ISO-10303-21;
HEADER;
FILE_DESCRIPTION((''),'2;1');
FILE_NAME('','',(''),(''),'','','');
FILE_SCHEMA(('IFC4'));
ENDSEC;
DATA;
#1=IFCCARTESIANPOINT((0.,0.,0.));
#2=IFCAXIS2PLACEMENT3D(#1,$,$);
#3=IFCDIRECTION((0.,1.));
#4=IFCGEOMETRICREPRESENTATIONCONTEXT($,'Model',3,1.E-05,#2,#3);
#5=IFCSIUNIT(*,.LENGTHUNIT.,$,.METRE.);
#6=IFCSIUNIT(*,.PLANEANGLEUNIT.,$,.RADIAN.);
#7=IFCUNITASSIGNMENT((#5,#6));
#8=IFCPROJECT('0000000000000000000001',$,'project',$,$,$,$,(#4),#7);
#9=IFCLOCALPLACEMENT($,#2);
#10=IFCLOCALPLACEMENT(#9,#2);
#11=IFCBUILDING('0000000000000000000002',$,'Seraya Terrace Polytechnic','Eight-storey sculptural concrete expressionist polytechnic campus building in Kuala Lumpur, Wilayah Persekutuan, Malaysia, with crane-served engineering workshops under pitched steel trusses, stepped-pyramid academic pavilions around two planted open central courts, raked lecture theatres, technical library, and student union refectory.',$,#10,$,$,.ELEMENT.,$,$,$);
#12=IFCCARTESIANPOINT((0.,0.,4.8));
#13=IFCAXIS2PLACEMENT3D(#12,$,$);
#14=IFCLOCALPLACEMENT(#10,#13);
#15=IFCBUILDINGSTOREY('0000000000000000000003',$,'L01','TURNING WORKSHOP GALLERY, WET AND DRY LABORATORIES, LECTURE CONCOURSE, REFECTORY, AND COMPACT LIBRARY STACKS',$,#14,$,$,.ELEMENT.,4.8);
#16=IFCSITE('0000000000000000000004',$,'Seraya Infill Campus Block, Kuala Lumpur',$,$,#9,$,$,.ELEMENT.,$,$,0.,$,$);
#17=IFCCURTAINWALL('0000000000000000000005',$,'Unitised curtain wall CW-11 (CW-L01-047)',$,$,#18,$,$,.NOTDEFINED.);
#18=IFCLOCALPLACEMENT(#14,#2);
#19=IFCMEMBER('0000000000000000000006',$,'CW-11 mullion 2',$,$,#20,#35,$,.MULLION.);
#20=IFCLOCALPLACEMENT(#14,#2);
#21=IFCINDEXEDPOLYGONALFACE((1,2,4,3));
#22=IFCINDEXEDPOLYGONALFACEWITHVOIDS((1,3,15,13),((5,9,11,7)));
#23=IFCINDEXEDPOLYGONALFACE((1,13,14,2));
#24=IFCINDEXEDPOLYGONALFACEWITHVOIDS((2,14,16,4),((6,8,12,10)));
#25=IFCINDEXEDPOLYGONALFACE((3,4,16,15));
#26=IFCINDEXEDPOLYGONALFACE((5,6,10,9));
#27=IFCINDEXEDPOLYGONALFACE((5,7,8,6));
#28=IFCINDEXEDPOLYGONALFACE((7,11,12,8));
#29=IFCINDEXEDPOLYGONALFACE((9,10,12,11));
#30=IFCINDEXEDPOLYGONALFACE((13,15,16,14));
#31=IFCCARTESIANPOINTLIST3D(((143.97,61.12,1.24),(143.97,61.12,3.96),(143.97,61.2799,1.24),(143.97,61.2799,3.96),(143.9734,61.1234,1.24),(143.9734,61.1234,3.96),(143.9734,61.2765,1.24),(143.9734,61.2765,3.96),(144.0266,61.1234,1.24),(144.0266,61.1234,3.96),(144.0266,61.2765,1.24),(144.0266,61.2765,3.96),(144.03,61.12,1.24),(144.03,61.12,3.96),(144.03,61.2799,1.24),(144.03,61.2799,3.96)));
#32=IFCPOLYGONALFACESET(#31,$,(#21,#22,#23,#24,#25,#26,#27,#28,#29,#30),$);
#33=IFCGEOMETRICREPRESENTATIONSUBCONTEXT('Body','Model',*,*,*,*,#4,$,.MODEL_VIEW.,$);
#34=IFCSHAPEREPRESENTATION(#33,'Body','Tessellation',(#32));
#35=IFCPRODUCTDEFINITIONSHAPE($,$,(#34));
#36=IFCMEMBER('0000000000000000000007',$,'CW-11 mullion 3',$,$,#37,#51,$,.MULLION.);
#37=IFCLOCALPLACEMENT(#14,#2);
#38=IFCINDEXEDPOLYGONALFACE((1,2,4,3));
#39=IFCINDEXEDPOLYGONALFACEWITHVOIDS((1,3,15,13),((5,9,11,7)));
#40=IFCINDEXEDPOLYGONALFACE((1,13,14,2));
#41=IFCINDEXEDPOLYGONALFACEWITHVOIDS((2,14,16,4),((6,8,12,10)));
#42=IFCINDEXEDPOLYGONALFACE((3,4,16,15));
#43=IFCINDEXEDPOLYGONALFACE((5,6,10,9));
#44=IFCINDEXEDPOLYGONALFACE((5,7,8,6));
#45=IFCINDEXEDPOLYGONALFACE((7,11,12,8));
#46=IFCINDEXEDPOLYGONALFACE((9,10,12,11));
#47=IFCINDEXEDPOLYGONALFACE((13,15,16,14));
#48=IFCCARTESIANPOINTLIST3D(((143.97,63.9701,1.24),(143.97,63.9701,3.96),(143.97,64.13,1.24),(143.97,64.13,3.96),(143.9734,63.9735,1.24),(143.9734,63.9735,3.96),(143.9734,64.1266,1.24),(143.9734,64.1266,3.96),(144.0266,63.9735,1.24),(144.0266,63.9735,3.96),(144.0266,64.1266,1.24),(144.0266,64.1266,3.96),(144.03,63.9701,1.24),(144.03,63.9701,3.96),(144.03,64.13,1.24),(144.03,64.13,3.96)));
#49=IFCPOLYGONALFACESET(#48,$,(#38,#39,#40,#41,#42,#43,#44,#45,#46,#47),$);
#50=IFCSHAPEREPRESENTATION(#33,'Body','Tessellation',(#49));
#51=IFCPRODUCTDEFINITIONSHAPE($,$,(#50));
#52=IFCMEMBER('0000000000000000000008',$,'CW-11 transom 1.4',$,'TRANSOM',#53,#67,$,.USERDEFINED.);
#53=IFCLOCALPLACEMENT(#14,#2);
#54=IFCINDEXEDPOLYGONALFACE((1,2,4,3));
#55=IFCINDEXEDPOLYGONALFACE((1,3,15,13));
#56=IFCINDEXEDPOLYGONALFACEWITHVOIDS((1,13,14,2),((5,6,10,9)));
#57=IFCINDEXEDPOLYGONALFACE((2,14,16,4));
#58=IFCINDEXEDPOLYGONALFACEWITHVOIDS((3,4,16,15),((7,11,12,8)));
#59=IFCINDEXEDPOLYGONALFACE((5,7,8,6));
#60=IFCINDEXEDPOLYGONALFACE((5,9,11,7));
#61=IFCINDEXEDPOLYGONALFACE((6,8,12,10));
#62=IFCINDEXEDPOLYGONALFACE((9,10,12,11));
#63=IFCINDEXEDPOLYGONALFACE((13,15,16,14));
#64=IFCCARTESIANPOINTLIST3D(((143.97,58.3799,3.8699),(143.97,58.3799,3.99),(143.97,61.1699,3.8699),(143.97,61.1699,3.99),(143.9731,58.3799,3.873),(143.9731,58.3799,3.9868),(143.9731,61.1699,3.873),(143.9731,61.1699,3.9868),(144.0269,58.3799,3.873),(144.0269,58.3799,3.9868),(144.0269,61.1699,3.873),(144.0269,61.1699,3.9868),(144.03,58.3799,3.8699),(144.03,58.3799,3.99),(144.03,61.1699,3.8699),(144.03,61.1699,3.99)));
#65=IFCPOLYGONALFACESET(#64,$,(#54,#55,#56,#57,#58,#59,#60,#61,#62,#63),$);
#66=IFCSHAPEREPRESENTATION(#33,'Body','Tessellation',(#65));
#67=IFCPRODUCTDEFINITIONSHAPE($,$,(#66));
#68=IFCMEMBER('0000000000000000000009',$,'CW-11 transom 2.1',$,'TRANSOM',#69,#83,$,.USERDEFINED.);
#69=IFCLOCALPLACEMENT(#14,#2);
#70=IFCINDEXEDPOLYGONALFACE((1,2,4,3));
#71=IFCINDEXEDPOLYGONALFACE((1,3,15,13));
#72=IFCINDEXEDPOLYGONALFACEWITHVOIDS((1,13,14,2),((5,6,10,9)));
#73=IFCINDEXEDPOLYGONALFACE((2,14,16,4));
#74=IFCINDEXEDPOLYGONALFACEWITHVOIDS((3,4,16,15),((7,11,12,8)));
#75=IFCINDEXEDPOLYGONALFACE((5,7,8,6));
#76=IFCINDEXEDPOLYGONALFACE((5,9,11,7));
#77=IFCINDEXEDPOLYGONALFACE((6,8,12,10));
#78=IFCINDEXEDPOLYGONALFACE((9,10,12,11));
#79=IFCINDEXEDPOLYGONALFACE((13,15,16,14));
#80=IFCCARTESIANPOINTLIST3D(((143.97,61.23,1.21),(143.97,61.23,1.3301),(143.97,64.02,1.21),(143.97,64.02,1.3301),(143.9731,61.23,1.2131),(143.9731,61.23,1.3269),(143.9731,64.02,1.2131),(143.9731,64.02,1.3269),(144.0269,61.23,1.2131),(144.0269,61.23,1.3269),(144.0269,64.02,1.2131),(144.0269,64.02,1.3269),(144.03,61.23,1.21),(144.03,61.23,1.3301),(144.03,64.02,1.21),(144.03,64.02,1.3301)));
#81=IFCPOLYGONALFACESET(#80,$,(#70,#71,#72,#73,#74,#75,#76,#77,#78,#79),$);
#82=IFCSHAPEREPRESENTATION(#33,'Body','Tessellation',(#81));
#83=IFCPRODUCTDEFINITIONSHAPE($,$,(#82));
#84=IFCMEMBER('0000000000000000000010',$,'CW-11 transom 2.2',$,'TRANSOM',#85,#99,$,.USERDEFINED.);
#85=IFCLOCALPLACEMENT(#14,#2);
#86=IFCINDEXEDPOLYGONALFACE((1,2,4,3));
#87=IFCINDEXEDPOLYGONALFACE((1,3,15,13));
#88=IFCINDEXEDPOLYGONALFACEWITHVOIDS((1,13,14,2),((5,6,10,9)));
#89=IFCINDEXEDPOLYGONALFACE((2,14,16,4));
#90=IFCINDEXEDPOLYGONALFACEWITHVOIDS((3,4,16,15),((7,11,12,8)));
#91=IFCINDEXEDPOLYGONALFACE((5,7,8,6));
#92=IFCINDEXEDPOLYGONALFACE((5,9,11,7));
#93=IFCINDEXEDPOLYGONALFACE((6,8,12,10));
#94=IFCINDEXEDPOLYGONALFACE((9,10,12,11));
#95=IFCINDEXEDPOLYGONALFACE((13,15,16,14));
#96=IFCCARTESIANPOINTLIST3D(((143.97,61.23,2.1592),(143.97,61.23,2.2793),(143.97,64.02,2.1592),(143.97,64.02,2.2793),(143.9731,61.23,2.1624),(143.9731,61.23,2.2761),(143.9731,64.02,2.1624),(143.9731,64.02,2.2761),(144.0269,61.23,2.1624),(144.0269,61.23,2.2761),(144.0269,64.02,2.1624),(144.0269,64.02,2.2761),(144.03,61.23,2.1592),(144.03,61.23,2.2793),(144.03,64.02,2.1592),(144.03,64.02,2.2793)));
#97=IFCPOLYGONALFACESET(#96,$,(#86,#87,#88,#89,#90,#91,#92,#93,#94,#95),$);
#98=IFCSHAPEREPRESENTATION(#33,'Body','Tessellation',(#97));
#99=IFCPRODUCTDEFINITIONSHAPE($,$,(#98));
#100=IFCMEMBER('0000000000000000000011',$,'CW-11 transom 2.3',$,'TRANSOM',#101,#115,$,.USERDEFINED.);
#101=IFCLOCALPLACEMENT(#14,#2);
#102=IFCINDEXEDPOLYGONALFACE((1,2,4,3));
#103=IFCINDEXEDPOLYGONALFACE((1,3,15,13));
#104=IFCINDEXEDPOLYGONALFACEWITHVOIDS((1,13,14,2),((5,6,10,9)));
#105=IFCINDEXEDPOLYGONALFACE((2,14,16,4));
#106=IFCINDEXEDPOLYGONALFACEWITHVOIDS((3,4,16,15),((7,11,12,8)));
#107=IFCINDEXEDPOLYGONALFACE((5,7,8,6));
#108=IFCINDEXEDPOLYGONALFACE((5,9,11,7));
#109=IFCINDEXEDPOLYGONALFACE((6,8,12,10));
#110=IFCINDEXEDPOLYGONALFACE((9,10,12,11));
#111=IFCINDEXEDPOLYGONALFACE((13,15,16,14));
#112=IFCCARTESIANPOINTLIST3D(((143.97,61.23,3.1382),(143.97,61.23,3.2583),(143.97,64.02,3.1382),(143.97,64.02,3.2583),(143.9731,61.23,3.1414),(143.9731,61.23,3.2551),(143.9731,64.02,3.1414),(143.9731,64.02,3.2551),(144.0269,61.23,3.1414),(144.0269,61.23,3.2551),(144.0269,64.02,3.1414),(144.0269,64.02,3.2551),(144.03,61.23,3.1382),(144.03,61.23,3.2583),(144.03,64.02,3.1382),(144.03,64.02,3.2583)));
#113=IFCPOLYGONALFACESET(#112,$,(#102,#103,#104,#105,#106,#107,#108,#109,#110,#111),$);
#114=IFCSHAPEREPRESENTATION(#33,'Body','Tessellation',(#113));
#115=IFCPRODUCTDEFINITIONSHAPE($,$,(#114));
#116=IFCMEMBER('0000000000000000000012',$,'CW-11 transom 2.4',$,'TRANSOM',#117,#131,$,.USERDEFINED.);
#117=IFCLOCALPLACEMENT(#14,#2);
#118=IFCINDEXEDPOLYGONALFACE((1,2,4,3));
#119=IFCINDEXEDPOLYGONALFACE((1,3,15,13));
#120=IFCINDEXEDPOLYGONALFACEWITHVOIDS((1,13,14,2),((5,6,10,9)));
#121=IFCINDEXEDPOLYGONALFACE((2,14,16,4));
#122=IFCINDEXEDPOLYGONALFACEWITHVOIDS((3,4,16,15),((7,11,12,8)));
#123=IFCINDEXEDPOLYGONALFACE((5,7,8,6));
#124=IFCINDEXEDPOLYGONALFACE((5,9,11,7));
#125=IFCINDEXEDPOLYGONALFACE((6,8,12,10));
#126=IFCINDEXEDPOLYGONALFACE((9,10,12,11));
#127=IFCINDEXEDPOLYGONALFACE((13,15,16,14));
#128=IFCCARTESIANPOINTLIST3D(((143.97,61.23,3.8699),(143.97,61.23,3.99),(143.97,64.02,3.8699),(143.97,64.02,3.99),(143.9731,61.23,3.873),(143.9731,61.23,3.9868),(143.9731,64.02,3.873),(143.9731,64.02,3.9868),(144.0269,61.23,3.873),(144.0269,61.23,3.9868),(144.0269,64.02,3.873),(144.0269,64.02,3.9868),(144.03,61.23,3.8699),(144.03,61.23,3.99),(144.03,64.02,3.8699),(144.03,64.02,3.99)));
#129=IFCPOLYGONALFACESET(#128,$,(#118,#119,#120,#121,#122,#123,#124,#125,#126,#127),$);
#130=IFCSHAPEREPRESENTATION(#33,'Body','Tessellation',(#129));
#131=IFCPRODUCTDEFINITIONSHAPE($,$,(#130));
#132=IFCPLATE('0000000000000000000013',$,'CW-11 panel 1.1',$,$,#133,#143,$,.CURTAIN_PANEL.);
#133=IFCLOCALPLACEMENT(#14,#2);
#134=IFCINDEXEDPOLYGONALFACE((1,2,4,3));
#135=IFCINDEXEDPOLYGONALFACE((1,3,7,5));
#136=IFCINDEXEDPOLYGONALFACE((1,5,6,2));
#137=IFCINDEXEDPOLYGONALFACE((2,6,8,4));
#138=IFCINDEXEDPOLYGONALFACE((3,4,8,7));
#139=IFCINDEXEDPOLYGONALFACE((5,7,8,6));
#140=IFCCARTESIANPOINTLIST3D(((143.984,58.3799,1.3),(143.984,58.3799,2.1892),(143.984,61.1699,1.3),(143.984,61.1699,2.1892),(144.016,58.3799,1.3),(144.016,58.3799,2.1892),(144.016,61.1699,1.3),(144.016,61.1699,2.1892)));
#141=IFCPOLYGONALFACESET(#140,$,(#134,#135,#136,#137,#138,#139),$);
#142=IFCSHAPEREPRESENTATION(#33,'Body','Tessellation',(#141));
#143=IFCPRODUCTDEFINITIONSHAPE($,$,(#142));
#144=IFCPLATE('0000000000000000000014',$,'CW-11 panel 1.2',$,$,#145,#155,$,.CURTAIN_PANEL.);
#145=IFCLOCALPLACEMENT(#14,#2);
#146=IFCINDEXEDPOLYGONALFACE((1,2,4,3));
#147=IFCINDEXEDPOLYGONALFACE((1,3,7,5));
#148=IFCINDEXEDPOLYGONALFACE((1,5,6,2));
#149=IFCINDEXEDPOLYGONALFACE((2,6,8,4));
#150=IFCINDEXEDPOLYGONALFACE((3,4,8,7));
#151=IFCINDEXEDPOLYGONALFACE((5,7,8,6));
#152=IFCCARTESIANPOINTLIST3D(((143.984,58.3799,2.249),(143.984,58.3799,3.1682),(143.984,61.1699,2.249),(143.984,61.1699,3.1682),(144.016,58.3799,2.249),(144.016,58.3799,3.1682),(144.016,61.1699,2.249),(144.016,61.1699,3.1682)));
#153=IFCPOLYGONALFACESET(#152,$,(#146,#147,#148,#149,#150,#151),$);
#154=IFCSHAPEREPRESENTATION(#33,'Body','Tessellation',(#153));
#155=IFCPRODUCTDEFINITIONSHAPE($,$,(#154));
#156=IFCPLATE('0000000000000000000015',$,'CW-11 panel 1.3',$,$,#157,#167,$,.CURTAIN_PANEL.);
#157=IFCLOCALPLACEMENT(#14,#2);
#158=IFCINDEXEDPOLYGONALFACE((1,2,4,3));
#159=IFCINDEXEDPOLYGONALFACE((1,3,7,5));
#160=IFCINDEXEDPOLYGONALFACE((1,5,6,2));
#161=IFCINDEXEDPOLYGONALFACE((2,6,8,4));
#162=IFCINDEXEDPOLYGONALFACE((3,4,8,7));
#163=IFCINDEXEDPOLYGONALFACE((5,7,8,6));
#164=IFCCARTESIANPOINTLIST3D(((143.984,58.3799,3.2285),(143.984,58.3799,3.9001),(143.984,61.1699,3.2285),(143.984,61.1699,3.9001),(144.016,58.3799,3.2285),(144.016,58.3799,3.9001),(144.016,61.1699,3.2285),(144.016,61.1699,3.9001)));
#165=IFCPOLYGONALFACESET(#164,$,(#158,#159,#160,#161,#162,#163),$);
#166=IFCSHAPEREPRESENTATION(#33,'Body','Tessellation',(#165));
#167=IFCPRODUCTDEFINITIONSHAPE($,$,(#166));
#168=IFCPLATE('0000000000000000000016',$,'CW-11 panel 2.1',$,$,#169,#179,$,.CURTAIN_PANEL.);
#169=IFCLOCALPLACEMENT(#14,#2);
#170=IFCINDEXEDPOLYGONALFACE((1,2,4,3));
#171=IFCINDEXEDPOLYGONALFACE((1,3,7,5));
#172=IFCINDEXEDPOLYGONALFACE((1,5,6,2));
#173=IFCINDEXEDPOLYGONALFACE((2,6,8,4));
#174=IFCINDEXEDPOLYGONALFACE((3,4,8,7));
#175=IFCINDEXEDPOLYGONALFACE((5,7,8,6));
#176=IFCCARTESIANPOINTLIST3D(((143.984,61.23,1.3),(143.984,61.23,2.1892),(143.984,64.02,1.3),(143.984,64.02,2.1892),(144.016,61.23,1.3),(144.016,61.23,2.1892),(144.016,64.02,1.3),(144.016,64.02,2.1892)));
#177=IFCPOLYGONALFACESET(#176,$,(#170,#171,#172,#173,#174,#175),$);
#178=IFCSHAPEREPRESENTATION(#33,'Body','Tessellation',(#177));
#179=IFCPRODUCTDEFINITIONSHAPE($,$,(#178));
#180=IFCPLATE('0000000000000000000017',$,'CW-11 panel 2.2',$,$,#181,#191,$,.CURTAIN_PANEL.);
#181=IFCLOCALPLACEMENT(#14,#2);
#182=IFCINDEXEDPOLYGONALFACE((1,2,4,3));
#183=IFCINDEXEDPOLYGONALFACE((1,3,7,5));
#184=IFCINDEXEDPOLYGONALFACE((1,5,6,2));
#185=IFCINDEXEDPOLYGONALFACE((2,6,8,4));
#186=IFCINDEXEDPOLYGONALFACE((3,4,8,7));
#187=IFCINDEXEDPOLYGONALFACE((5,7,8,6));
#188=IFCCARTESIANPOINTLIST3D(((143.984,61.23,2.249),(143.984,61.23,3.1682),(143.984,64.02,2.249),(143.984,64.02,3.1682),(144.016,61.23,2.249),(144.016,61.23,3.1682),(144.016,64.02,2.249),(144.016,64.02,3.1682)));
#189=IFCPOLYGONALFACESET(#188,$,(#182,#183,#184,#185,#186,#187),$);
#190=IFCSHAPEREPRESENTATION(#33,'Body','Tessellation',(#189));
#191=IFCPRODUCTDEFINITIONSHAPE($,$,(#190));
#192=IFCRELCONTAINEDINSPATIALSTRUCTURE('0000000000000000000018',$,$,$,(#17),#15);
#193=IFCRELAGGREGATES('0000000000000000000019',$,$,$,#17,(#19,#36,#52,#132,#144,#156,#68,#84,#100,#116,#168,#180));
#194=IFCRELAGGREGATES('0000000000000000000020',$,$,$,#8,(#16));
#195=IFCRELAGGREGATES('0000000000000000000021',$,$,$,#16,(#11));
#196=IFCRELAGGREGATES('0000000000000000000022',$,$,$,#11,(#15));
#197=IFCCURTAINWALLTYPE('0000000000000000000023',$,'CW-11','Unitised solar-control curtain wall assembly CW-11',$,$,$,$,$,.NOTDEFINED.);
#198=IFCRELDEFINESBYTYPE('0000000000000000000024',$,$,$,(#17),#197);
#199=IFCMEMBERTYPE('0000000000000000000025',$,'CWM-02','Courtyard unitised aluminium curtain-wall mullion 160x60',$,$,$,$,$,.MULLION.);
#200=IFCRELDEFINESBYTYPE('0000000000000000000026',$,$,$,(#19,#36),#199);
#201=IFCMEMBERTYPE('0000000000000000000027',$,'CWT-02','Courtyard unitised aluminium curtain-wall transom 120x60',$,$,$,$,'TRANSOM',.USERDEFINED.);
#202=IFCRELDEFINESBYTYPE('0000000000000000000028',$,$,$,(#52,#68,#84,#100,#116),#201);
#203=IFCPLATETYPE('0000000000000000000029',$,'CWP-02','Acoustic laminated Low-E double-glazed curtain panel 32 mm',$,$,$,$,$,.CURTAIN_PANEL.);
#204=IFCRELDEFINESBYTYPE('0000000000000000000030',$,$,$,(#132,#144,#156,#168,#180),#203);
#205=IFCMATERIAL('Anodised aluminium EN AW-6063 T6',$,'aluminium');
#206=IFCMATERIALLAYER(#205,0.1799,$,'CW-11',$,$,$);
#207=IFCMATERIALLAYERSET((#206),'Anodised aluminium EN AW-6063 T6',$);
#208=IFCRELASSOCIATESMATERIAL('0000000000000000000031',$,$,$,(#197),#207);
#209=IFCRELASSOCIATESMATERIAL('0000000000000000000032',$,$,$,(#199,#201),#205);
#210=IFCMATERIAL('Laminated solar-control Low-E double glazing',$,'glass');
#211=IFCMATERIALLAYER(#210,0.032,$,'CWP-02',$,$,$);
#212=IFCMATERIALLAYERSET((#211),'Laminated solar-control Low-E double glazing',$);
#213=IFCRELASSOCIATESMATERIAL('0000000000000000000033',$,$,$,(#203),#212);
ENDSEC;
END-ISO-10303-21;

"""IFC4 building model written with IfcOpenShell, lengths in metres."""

from ifc_helpers import new_model, si_unit, direction, frame, origin, origin_2d, place, context, subcontext, project, spatial, rectangle, hollow_rectangle, extrude, material, layer, layer_set, material_profile, profile_set, type_object, element, aggregate, save


model = new_model("IFC4")

# Units and contexts
model_context = context("Model", 3, precision=1e-05, world=origin(), true_north=direction((0.0, 1.0)))
body_context = subcontext(model_context, "Body", "Model", "MODEL_VIEW")
ifc_project = project(units=[si_unit("LENGTHUNIT", "METRE"), si_unit("PLANEANGLEUNIT", "RADIAN")], contexts=[model_context])

# Site, building, storey
site_placement = place(None, origin())
site = spatial("IfcSite", under=ifc_project, at=site_placement, Name="Seraya Infill Campus Block, Kuala Lumpur", CompositionType="ELEMENT", RefElevation=0.0)
building_placement = place(site_placement, origin())
building = spatial("IfcBuilding", under=site, at=building_placement, Name="Seraya Terrace Polytechnic", Description="Eight-storey sculptural concrete expressionist polytechnic campus building in Kuala Lumpur, Wilayah Persekutuan, Malaysia, with crane-served engineering workshops under pitched steel trusses, stepped-pyramid academic pavilions around two planted open central courts, raked lecture theatres, technical library, and student union refectory.", CompositionType="ELEMENT")
storey_placement = place(building_placement, frame((0.0, 0.0, 4.8)))
storey = spatial("IfcBuildingStorey", under=building, at=storey_placement, Name="L01", Description="TURNING WORKSHOP GALLERY, WET AND DRY LABORATORIES, LECTURE CONCOURSE, REFECTORY, AND COMPACT LIBRARY STACKS", CompositionType="ELEMENT", Elevation=4.8)

# Curtain wall, members, plates
ifc_material_1 = material(Name="Anodised aluminium EN AW-6063 T6", Category="aluminium")
ifc_layer_1 = layer(ifc_material_1, 0.1799, Name="CW-11")
ifc_layer_set_1 = layer_set([ifc_layer_1], Name="Anodised aluminium EN AW-6063 T6")
curtain_wall_type = type_object("IfcCurtainWallType", Name="CW-11", Description="Unitised solar-control curtain wall assembly CW-11", PredefinedType="NOTDEFINED", material=ifc_layer_set_1)
curtain_wall_placement = place(storey_placement, origin())
curtain_wall = element("IfcCurtainWall", 1, at=curtain_wall_placement, inside=storey, type_object=curtain_wall_type, Name="Unitised curtain wall CW-11 (CW-L01-047)", PredefinedType="NOTDEFINED")
ifc_material_profile_1 = material_profile(ifc_material_1, hollow_rectangle(XDim=0.0601, YDim=0.1599, WallThickness=0.0034, at=origin_2d()), Name="RHS 160x60x3.5")
ifc_profile_set_1 = profile_set([ifc_material_profile_1], Name="Anodised aluminium EN AW-6063 T6")
member_type_1 = type_object("IfcMemberType", Name="CWM-02", Description="Courtyard unitised aluminium curtain-wall mullion 160x60", PredefinedType="MULLION", material=ifc_profile_set_1)
member_1_placement = place(storey_placement, frame((144.0, 61.2, 1.24), z_axis=(0.0, 0.0, 1.0), x_axis=(-1.0, 0.0, 0.0)))
member_1 = element("IfcMember", 2, at=member_1_placement, type_object=member_type_1, Name="CW-11 mullion 2", PredefinedType="MULLION", context=body_context, shape_type="SweptSolid", body=[
    extrude(hollow_rectangle(XDim=0.0601, YDim=0.1599, WallThickness=0.0034, at=origin_2d()), origin(), (0.0, 0.0, 1.0), 2.72),
])
member_2_placement = place(storey_placement, frame((144.0, 64.05, 1.24), z_axis=(0.0, 0.0, 1.0), x_axis=(-1.0, 0.0, 0.0)))
member_2 = element("IfcMember", 3, at=member_2_placement, type_object=member_type_1, Name="CW-11 mullion 3", PredefinedType="MULLION", context=body_context, shape_type="SweptSolid", body=[
    extrude(hollow_rectangle(XDim=0.0601, YDim=0.1599, WallThickness=0.0034, at=origin_2d()), origin(), (0.0, 0.0, 1.0), 2.72),
])
ifc_material_profile_2 = material_profile(ifc_material_1, hollow_rectangle(XDim=0.0601, YDim=0.1201, WallThickness=0.0032, at=origin_2d()), Name="RHS 120x60x3.2")
ifc_profile_set_2 = profile_set([ifc_material_profile_2], Name="Anodised aluminium EN AW-6063 T6")
member_type_2 = type_object("IfcMemberType", Name="CWT-02", Description="Courtyard unitised aluminium curtain-wall transom 120x60", ElementType="TRANSOM", PredefinedType="USERDEFINED", material=ifc_profile_set_2)
member_3_placement = place(storey_placement, frame((144.0, 58.3799, 3.9299), z_axis=(0.0, 1.0, 0.0), x_axis=(-1.0, 0.0, 0.0)))
member_3 = element("IfcMember", 4, at=member_3_placement, type_object=member_type_2, Name="CW-11 transom 1.4", ObjectType="TRANSOM", PredefinedType="USERDEFINED", context=body_context, shape_type="SweptSolid", body=[
    extrude(hollow_rectangle(XDim=0.0601, YDim=0.1201, WallThickness=0.0032, at=origin_2d()), origin(), (0.0, 0.0, 1.0), 2.79),
])
member_4_placement = place(storey_placement, frame((144.0, 61.23, 1.27), z_axis=(0.0, 1.0, 0.0), x_axis=(-1.0, 0.0, 0.0)))
member_4 = element("IfcMember", 5, at=member_4_placement, type_object=member_type_2, Name="CW-11 transom 2.1", ObjectType="TRANSOM", PredefinedType="USERDEFINED", context=body_context, shape_type="SweptSolid", body=[
    extrude(hollow_rectangle(XDim=0.0601, YDim=0.1201, WallThickness=0.0032, at=origin_2d()), origin(), (0.0, 0.0, 1.0), 2.79),
])
member_5_placement = place(storey_placement, frame((144.0, 61.23, 2.2192), z_axis=(0.0, 1.0, 0.0), x_axis=(-1.0, 0.0, 0.0)))
member_5 = element("IfcMember", 6, at=member_5_placement, type_object=member_type_2, Name="CW-11 transom 2.2", ObjectType="TRANSOM", PredefinedType="USERDEFINED", context=body_context, shape_type="SweptSolid", body=[
    extrude(hollow_rectangle(XDim=0.0601, YDim=0.1201, WallThickness=0.0032, at=origin_2d()), origin(), (0.0, 0.0, 1.0), 2.79),
])
member_6_placement = place(storey_placement, frame((144.0, 61.23, 3.1982), z_axis=(0.0, 1.0, 0.0), x_axis=(-1.0, 0.0, 0.0)))
member_6 = element("IfcMember", 7, at=member_6_placement, type_object=member_type_2, Name="CW-11 transom 2.3", ObjectType="TRANSOM", PredefinedType="USERDEFINED", context=body_context, shape_type="SweptSolid", body=[
    extrude(hollow_rectangle(XDim=0.0601, YDim=0.1201, WallThickness=0.0032, at=origin_2d()), origin(), (0.0, 0.0, 1.0), 2.79),
])
member_7_placement = place(storey_placement, frame((144.0, 61.23, 3.9299), z_axis=(0.0, 1.0, 0.0), x_axis=(-1.0, 0.0, 0.0)))
member_7 = element("IfcMember", 8, at=member_7_placement, type_object=member_type_2, Name="CW-11 transom 2.4", ObjectType="TRANSOM", PredefinedType="USERDEFINED", context=body_context, shape_type="SweptSolid", body=[
    extrude(hollow_rectangle(XDim=0.0601, YDim=0.1201, WallThickness=0.0032, at=origin_2d()), origin(), (0.0, 0.0, 1.0), 2.79),
])
ifc_material_2 = material(Name="Laminated solar-control Low-E double glazing", Category="glass")
ifc_layer_2 = layer(ifc_material_2, 0.032, Name="CWP-02")
ifc_layer_set_2 = layer_set([ifc_layer_2], Name="Laminated solar-control Low-E double glazing")
plate_type = type_object("IfcPlateType", Name="CWP-02", Description="Acoustic laminated Low-E double-glazed curtain panel 32 mm", PredefinedType="CURTAIN_PANEL", material=ifc_layer_set_2)
plate_1_placement = place(storey_placement, frame((144.0, 59.7749, 1.3), z_axis=(0.0, 0.0, 1.0), x_axis=(0.0, 1.0, 0.0)))
plate_1 = element("IfcPlate", 9, at=plate_1_placement, type_object=plate_type, Name="CW-11 panel 1.1", PredefinedType="CURTAIN_PANEL", context=body_context, shape_type="SweptSolid", body=[
    extrude(rectangle(XDim=2.79, YDim=0.032, at=origin_2d()), origin(), (0.0, 0.0, 1.0), 0.8892),
])
plate_2_placement = place(storey_placement, frame((144.0, 59.7749, 2.249), z_axis=(0.0, 0.0, 1.0), x_axis=(0.0, 1.0, 0.0)))
plate_2 = element("IfcPlate", 10, at=plate_2_placement, type_object=plate_type, Name="CW-11 panel 1.2", PredefinedType="CURTAIN_PANEL", context=body_context, shape_type="SweptSolid", body=[
    extrude(rectangle(XDim=2.79, YDim=0.032, at=origin_2d()), origin(), (0.0, 0.0, 1.0), 0.9192),
])
plate_3_placement = place(storey_placement, frame((144.0, 59.7749, 3.2285), z_axis=(0.0, 0.0, 1.0), x_axis=(0.0, 1.0, 0.0)))
plate_3 = element("IfcPlate", 11, at=plate_3_placement, type_object=plate_type, Name="CW-11 panel 1.3", PredefinedType="CURTAIN_PANEL", context=body_context, shape_type="SweptSolid", body=[
    extrude(rectangle(XDim=2.79, YDim=0.032, at=origin_2d()), origin(), (0.0, 0.0, 1.0), 0.6716),
])
plate_4_placement = place(storey_placement, frame((144.0, 62.625, 1.3), z_axis=(0.0, 0.0, 1.0), x_axis=(0.0, 1.0, 0.0)))
plate_4 = element("IfcPlate", 12, at=plate_4_placement, type_object=plate_type, Name="CW-11 panel 2.1", PredefinedType="CURTAIN_PANEL", context=body_context, shape_type="SweptSolid", body=[
    extrude(rectangle(XDim=2.79, YDim=0.032, at=origin_2d()), origin(), (0.0, 0.0, 1.0), 0.8892),
])
plate_5_placement = place(storey_placement, frame((144.0, 62.625, 2.249), z_axis=(0.0, 0.0, 1.0), x_axis=(0.0, 1.0, 0.0)))
plate_5 = element("IfcPlate", 13, at=plate_5_placement, type_object=plate_type, Name="CW-11 panel 2.2", PredefinedType="CURTAIN_PANEL", context=body_context, shape_type="SweptSolid", body=[
    extrude(rectangle(XDim=2.79, YDim=0.032, at=origin_2d()), origin(), (0.0, 0.0, 1.0), 0.9192),
])
aggregate(curtain_wall, [member_1, member_2, member_3, plate_1, plate_2, plate_3, member_4, member_5, member_6, member_7, plate_4, plate_5])

save(model, "model.ifc")
